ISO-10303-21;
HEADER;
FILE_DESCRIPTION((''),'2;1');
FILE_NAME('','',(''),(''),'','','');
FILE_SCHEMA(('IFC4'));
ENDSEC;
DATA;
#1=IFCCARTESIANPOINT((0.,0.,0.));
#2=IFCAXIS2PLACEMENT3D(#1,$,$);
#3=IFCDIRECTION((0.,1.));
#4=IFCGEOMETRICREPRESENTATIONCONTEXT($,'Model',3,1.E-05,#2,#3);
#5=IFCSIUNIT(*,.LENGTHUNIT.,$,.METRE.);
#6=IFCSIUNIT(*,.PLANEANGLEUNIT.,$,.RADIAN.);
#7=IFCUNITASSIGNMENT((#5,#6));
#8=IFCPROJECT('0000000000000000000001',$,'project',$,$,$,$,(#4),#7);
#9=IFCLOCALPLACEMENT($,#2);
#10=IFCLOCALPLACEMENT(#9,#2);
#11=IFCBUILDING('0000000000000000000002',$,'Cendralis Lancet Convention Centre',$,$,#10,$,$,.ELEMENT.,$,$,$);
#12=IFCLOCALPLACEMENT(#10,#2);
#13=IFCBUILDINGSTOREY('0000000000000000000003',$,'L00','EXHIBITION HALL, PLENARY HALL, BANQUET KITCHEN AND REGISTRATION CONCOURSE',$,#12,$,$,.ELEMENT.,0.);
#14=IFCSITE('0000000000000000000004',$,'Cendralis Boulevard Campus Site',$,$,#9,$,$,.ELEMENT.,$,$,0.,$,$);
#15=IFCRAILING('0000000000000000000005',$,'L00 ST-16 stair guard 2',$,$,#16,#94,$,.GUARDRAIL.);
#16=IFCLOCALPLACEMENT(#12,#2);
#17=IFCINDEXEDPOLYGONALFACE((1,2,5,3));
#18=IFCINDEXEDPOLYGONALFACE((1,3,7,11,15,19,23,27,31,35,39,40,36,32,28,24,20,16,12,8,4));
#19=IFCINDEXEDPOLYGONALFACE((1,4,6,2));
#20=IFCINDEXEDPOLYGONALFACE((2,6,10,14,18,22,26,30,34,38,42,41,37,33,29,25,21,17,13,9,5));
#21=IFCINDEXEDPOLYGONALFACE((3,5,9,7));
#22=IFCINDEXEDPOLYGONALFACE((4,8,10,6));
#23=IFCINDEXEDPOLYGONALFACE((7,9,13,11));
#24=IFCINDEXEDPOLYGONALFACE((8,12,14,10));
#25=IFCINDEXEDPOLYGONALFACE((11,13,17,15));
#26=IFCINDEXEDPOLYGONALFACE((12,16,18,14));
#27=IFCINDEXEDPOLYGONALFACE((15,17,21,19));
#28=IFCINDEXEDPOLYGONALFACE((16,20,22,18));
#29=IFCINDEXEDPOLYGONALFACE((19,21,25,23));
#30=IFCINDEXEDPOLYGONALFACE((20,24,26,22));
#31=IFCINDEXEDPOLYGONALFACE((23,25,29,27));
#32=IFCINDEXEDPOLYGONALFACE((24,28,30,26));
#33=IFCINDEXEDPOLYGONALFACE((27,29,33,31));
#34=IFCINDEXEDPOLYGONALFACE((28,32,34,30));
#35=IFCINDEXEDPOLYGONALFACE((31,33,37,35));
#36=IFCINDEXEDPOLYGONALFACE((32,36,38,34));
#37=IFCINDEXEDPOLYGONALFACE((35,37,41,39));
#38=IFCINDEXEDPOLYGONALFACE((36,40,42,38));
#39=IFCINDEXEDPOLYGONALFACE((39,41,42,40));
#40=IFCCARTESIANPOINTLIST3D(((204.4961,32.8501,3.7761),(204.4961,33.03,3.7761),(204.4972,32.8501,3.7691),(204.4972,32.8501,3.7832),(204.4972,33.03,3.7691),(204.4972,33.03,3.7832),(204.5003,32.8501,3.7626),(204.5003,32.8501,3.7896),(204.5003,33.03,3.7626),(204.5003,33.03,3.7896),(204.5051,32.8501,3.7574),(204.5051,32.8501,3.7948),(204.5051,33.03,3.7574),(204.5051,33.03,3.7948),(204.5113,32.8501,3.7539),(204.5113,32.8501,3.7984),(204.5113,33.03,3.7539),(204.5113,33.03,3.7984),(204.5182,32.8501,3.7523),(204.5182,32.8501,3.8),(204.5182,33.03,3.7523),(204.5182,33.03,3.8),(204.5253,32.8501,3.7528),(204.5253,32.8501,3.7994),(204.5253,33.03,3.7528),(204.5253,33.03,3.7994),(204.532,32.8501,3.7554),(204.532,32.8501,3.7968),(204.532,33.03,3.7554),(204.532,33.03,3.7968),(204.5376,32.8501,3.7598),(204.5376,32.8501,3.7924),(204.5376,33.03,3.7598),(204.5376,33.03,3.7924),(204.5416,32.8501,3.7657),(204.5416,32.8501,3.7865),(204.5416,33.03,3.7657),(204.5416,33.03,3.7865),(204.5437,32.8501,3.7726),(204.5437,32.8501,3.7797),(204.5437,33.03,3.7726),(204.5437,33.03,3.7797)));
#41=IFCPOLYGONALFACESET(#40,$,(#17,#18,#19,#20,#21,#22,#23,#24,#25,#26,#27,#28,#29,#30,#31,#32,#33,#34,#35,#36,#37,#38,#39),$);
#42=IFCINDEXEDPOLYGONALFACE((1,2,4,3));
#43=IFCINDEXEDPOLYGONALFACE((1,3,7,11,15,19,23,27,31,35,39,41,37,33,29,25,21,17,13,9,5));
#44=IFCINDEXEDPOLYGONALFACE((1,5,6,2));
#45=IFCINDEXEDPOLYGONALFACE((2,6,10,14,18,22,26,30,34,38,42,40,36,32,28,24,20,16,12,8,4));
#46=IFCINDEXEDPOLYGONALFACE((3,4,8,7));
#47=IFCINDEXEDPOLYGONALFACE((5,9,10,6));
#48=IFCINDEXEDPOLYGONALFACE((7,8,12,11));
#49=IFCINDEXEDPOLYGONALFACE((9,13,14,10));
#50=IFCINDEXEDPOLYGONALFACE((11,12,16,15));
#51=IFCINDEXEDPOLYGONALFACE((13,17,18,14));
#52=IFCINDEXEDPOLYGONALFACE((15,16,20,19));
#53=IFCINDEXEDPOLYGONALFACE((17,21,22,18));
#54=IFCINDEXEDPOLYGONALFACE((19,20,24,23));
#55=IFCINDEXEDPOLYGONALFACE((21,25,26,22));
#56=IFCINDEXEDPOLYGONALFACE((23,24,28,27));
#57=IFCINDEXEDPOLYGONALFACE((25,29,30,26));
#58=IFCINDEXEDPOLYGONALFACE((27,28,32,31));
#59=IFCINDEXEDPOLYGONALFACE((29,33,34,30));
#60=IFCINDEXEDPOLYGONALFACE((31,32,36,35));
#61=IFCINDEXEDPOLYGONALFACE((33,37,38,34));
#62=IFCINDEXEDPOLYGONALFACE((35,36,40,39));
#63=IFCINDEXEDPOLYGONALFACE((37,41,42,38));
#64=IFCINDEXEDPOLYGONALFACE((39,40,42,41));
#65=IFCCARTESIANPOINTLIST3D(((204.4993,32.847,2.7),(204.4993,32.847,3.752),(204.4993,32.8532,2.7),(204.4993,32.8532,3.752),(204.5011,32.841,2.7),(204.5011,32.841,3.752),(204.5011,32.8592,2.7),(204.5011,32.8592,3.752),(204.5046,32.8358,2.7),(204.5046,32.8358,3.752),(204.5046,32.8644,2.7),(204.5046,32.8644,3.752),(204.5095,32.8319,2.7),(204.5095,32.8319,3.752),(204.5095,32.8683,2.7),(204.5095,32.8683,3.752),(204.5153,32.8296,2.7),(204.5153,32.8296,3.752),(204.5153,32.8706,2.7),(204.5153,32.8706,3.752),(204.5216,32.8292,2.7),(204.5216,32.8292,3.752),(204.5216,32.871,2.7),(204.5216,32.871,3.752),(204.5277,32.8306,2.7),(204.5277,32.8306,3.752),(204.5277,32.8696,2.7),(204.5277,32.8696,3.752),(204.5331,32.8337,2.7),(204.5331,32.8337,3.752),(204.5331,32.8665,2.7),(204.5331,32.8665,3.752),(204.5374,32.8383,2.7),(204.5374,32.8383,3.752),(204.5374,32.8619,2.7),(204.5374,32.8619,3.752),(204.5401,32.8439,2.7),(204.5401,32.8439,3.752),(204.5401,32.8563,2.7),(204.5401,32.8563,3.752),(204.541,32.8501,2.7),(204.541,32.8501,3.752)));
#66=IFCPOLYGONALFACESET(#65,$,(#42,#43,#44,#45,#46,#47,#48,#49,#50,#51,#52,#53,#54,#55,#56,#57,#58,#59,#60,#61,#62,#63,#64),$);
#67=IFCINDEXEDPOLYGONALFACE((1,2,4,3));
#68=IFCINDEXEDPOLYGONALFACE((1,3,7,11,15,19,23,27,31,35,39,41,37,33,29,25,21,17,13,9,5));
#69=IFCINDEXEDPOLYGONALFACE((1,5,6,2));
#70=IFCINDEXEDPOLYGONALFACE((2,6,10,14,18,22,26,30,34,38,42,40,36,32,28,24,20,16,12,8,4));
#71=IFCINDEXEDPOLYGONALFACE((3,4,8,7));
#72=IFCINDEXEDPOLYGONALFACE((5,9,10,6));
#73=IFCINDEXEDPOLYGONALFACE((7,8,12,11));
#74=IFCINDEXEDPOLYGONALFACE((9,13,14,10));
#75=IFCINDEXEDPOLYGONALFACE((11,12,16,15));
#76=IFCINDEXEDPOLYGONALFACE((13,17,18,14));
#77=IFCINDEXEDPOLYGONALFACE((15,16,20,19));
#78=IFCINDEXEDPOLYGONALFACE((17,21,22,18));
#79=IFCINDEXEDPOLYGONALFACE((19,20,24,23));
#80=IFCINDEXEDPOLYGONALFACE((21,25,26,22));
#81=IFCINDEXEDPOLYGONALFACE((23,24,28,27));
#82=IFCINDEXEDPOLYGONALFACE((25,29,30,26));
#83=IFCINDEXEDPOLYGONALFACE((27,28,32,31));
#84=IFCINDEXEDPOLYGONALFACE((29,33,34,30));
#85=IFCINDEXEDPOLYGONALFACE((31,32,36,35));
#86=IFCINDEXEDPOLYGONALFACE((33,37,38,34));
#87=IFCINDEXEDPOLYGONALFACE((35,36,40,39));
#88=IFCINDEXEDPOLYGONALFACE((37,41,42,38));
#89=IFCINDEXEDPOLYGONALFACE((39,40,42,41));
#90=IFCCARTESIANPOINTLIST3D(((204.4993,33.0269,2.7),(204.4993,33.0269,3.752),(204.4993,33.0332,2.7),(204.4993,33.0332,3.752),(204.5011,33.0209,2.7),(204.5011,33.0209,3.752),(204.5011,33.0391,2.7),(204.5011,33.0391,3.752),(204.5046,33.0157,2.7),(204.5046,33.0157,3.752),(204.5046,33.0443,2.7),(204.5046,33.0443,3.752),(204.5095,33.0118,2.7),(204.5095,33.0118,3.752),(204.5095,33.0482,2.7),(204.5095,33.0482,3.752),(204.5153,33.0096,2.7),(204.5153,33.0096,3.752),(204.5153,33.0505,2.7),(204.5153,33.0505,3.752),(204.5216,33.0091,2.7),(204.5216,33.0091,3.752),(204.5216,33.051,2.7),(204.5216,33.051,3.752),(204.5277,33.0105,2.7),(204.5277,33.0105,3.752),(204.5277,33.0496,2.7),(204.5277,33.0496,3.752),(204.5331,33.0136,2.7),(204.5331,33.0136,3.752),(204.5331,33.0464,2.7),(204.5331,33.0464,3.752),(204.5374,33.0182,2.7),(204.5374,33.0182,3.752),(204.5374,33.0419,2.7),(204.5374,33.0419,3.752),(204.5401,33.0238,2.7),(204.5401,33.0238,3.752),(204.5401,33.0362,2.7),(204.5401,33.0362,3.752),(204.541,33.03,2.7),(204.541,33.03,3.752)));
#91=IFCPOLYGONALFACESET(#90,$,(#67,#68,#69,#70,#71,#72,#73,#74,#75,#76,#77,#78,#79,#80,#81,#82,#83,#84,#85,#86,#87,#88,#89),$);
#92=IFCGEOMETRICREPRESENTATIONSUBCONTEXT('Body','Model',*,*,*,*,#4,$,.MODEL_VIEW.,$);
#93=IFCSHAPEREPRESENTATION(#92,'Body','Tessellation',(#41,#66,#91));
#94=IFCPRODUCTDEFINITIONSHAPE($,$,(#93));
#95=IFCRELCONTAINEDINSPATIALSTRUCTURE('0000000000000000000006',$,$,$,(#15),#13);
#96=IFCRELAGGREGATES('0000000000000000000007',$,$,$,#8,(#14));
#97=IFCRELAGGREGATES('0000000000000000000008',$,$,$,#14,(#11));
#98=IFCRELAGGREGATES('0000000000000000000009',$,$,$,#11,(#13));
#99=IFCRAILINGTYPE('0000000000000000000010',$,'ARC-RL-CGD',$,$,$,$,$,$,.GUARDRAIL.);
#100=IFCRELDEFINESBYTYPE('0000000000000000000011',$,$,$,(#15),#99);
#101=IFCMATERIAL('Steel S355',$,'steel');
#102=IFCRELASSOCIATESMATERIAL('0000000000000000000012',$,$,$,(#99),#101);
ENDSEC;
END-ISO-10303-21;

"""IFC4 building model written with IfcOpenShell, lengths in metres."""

from ifc_helpers import new_model, si_unit, direction, frame, origin, origin_2d, place, context, subcontext, project, spatial, circle, extrude, material, type_object, element, save


model = new_model("IFC4")

# Units and contexts
model_context = context("Model", 3, precision=1e-05, world=origin(), true_north=direction((0.0, 1.0)))
body_context = subcontext(model_context, "Body", "Model", "MODEL_VIEW")
ifc_project = project(units=[si_unit("LENGTHUNIT", "METRE"), si_unit("PLANEANGLEUNIT", "RADIAN")], contexts=[model_context])

# Site, building, storey
site_placement = place(None, origin())
site = spatial("IfcSite", under=ifc_project, at=site_placement, Name="Cendralis Boulevard Campus Site", CompositionType="ELEMENT", RefElevation=0.0)
building_placement = place(site_placement, origin())
building = spatial("IfcBuilding", under=site, at=building_placement, Name="Cendralis Lancet Convention Centre", CompositionType="ELEMENT")
storey_placement = place(building_placement, origin())
storey = spatial("IfcBuildingStorey", under=building, at=storey_placement, Name="L00", Description="EXHIBITION HALL, PLENARY HALL, BANQUET KITCHEN AND REGISTRATION CONCOURSE", CompositionType="ELEMENT", Elevation=0.0)

# Shared definitions
ifc_material_1 = material(Name="Steel S355", Category="steel")

# Railing
railing_type_1 = type_object("IfcRailingType", Name="ARC-RL-CGD", PredefinedType="GUARDRAIL", material=ifc_material_1)
railing_1_placement = place(storey_placement, frame((204.52, 32.8501, 2.7)))
element("IfcRailing", 1, at=railing_1_placement, inside=storey, type_object=railing_type_1, Name="L00 ST-16 stair guard 2", PredefinedType="GUARDRAIL", context=body_context, shape_type="SweptSolid", body=[
    extrude(circle(Radius=0.0239, at=origin_2d()), frame((0.0, 0.0, 1.0762), z_axis=(0.0, 1.0, 0.0), x_axis=(-1.0, 0.0, 0.0)), (0.0, 0.0, 1.0), 0.1799),
    extrude(circle(Radius=0.021, at=origin_2d()), origin(), (0.0, 0.0, 1.0), 1.052),
    extrude(circle(Radius=0.021, at=origin_2d()), frame((0.0, 0.1799, 0.0)), (0.0, 0.0, 1.0), 1.052),
])

save(model, "model.ifc")
